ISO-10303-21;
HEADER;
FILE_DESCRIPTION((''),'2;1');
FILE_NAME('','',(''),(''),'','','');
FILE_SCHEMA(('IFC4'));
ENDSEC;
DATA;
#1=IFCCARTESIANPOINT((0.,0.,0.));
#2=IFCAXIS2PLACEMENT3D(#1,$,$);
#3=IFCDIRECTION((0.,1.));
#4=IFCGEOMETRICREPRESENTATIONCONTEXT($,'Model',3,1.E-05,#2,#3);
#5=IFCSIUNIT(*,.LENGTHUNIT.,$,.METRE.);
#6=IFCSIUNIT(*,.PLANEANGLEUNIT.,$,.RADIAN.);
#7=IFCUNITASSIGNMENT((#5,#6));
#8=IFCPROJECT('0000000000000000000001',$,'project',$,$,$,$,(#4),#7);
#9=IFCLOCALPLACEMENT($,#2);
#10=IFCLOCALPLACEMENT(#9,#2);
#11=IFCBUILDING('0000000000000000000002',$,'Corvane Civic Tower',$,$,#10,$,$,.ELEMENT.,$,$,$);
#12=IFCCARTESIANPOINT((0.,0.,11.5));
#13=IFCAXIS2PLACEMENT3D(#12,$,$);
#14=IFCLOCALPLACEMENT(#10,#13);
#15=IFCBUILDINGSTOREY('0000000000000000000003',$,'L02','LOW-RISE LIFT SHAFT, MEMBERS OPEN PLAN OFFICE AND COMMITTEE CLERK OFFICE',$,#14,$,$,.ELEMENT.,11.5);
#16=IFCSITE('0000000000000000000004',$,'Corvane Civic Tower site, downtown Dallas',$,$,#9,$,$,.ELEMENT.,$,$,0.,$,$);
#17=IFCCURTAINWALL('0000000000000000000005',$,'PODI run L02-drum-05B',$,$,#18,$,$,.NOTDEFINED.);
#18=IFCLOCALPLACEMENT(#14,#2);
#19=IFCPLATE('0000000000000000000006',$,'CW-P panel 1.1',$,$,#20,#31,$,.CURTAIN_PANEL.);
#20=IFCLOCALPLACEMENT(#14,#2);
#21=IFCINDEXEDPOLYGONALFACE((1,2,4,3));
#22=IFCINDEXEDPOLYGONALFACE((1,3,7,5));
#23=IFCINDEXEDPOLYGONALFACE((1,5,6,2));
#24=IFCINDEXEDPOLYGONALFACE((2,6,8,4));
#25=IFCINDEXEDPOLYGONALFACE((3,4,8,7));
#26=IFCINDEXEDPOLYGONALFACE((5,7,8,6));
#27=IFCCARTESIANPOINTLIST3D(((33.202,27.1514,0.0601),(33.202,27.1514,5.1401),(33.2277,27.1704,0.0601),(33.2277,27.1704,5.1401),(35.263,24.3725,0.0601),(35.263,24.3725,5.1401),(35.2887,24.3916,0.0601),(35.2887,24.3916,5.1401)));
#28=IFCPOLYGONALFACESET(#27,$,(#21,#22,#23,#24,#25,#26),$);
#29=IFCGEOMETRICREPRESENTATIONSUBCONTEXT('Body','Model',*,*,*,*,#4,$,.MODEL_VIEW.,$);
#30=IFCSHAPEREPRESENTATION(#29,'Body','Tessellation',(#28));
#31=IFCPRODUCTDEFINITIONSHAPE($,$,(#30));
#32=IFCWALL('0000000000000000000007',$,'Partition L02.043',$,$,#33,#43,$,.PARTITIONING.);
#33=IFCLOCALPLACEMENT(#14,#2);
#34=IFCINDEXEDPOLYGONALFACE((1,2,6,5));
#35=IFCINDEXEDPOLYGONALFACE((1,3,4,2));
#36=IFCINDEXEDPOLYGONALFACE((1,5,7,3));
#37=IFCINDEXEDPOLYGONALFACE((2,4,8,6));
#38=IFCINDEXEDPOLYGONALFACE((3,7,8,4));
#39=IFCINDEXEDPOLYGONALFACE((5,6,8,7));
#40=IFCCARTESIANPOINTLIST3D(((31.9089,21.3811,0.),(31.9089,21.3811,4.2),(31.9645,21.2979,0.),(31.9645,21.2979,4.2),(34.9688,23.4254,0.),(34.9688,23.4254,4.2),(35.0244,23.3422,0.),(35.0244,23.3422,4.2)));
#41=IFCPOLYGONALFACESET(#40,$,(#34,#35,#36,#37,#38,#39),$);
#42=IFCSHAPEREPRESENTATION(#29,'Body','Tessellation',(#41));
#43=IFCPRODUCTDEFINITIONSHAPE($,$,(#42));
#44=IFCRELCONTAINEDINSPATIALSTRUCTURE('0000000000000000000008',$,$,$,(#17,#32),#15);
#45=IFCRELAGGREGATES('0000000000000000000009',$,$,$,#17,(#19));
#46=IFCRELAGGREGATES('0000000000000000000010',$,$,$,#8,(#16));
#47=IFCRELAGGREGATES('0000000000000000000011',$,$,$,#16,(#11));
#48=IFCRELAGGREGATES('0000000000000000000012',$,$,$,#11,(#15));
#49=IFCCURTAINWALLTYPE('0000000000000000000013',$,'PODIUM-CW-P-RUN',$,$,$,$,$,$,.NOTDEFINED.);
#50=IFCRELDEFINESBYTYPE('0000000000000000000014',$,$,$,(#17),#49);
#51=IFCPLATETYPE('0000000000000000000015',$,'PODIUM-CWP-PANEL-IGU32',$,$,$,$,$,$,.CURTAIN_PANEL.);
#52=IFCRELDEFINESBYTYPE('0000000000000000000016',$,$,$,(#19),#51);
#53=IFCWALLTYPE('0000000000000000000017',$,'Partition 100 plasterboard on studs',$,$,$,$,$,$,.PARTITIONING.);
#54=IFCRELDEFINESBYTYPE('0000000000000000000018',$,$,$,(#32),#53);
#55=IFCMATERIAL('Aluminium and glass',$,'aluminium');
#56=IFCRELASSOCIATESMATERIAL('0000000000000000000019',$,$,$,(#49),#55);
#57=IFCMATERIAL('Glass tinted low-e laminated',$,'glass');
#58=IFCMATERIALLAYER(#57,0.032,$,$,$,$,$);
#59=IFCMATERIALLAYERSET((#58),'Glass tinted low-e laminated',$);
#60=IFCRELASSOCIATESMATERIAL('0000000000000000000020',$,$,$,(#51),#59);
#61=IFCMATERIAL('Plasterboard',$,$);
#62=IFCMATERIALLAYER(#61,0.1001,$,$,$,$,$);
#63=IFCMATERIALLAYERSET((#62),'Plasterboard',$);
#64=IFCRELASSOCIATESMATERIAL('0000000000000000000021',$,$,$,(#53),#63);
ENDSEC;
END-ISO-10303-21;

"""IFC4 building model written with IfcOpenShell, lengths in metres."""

from ifc_helpers import new_model, si_unit, direction, frame, frame_2d, origin, origin_2d, place, context, subcontext, project, spatial, rectangle, extrude, material, layer, layer_set, type_object, element, aggregate, save


model = new_model("IFC4")

# Units and contexts
model_context = context("Model", 3, precision=1e-05, world=origin(), true_north=direction((0.0, 1.0)))
body_context = subcontext(model_context, "Body", "Model", "MODEL_VIEW")
ifc_project = project(units=[si_unit("LENGTHUNIT", "METRE"), si_unit("PLANEANGLEUNIT", "RADIAN")], contexts=[model_context])

# Site, building, storey
site_placement = place(None, origin())
site = spatial("IfcSite", under=ifc_project, at=site_placement, Name="Corvane Civic Tower site, downtown Dallas", CompositionType="ELEMENT", RefElevation=0.0)
building_placement = place(site_placement, origin())
building = spatial("IfcBuilding", under=site, at=building_placement, Name="Corvane Civic Tower", CompositionType="ELEMENT")
storey_placement = place(building_placement, frame((0.0, 0.0, 11.5)))
storey = spatial("IfcBuildingStorey", under=building, at=storey_placement, Name="L02", Description="LOW-RISE LIFT SHAFT, MEMBERS OPEN PLAN OFFICE AND COMMITTEE CLERK OFFICE", CompositionType="ELEMENT", Elevation=11.5)

# Shared definitions
ifc_material_1 = material(Name="Aluminium and glass", Category="aluminium")
curtain_wall_type = type_object("IfcCurtainWallType", Name="PODIUM-CW-P-RUN", PredefinedType="NOTDEFINED", material=ifc_material_1)

# Curtain wall
curtain_wall_1_placement = place(storey_placement, origin())
curtain_wall_1 = element("IfcCurtainWall", 1, at=curtain_wall_1_placement, inside=storey, type_object=curtain_wall_type, Name="PODI run L02-drum-05B", PredefinedType="NOTDEFINED")

# Plate
ifc_material_2 = material(Name="Glass tinted low-e laminated", Category="glass")
ifc_layer_1 = layer(ifc_material_2, 0.032)
ifc_layer_set_1 = layer_set([ifc_layer_1], Name="Glass tinted low-e laminated")
plate_type = type_object("IfcPlateType", Name="PODIUM-CWP-PANEL-IGU32", PredefinedType="CURTAIN_PANEL", material=ifc_layer_set_1)
plate_1_placement = place(storey_placement, frame((34.2454, 25.7715, 0.0601), z_axis=(0.0, 0.0, 1.0), x_axis=(0.595705, -0.803203, 0.0)))
plate_1 = element("IfcPlate", 2, at=plate_1_placement, type_object=plate_type, Name="CW-P panel 1.1", PredefinedType="CURTAIN_PANEL", context=body_context, shape_type="SweptSolid", body=[
    extrude(rectangle(XDim=3.4597, YDim=0.032, at=origin_2d()), origin(), (0.0, 0.0, 1.0), 5.0801),
])
aggregate(curtain_wall_1, [plate_1])

# Wall
ifc_material_3 = material(Name="Plasterboard")
ifc_layer_2 = layer(ifc_material_3, 0.1001)
ifc_layer_set_2 = layer_set([ifc_layer_2], Name="Plasterboard")
wall_type_1 = type_object("IfcWallType", Name="Partition 100 plasterboard on studs", PredefinedType="PARTITIONING", material=ifc_layer_set_2)
wall_1_placement = place(storey_placement, frame((31.9368, 21.3396, 0.0), z_axis=(0.0, 0.0, 1.0), x_axis=(0.831509, 0.555511, 0.0)))
element("IfcWall", 3, at=wall_1_placement, inside=storey, type_object=wall_type_1, Name="Partition L02.043", PredefinedType="PARTITIONING", context=body_context, shape_type="SweptSolid", body=[
    extrude(rectangle(XDim=3.6799, YDim=0.1001, at=frame_2d((1.8398, 0.0))), origin(), (0.0, 0.0, 1.0), 4.2),
])

save(model, "model.ifc")
